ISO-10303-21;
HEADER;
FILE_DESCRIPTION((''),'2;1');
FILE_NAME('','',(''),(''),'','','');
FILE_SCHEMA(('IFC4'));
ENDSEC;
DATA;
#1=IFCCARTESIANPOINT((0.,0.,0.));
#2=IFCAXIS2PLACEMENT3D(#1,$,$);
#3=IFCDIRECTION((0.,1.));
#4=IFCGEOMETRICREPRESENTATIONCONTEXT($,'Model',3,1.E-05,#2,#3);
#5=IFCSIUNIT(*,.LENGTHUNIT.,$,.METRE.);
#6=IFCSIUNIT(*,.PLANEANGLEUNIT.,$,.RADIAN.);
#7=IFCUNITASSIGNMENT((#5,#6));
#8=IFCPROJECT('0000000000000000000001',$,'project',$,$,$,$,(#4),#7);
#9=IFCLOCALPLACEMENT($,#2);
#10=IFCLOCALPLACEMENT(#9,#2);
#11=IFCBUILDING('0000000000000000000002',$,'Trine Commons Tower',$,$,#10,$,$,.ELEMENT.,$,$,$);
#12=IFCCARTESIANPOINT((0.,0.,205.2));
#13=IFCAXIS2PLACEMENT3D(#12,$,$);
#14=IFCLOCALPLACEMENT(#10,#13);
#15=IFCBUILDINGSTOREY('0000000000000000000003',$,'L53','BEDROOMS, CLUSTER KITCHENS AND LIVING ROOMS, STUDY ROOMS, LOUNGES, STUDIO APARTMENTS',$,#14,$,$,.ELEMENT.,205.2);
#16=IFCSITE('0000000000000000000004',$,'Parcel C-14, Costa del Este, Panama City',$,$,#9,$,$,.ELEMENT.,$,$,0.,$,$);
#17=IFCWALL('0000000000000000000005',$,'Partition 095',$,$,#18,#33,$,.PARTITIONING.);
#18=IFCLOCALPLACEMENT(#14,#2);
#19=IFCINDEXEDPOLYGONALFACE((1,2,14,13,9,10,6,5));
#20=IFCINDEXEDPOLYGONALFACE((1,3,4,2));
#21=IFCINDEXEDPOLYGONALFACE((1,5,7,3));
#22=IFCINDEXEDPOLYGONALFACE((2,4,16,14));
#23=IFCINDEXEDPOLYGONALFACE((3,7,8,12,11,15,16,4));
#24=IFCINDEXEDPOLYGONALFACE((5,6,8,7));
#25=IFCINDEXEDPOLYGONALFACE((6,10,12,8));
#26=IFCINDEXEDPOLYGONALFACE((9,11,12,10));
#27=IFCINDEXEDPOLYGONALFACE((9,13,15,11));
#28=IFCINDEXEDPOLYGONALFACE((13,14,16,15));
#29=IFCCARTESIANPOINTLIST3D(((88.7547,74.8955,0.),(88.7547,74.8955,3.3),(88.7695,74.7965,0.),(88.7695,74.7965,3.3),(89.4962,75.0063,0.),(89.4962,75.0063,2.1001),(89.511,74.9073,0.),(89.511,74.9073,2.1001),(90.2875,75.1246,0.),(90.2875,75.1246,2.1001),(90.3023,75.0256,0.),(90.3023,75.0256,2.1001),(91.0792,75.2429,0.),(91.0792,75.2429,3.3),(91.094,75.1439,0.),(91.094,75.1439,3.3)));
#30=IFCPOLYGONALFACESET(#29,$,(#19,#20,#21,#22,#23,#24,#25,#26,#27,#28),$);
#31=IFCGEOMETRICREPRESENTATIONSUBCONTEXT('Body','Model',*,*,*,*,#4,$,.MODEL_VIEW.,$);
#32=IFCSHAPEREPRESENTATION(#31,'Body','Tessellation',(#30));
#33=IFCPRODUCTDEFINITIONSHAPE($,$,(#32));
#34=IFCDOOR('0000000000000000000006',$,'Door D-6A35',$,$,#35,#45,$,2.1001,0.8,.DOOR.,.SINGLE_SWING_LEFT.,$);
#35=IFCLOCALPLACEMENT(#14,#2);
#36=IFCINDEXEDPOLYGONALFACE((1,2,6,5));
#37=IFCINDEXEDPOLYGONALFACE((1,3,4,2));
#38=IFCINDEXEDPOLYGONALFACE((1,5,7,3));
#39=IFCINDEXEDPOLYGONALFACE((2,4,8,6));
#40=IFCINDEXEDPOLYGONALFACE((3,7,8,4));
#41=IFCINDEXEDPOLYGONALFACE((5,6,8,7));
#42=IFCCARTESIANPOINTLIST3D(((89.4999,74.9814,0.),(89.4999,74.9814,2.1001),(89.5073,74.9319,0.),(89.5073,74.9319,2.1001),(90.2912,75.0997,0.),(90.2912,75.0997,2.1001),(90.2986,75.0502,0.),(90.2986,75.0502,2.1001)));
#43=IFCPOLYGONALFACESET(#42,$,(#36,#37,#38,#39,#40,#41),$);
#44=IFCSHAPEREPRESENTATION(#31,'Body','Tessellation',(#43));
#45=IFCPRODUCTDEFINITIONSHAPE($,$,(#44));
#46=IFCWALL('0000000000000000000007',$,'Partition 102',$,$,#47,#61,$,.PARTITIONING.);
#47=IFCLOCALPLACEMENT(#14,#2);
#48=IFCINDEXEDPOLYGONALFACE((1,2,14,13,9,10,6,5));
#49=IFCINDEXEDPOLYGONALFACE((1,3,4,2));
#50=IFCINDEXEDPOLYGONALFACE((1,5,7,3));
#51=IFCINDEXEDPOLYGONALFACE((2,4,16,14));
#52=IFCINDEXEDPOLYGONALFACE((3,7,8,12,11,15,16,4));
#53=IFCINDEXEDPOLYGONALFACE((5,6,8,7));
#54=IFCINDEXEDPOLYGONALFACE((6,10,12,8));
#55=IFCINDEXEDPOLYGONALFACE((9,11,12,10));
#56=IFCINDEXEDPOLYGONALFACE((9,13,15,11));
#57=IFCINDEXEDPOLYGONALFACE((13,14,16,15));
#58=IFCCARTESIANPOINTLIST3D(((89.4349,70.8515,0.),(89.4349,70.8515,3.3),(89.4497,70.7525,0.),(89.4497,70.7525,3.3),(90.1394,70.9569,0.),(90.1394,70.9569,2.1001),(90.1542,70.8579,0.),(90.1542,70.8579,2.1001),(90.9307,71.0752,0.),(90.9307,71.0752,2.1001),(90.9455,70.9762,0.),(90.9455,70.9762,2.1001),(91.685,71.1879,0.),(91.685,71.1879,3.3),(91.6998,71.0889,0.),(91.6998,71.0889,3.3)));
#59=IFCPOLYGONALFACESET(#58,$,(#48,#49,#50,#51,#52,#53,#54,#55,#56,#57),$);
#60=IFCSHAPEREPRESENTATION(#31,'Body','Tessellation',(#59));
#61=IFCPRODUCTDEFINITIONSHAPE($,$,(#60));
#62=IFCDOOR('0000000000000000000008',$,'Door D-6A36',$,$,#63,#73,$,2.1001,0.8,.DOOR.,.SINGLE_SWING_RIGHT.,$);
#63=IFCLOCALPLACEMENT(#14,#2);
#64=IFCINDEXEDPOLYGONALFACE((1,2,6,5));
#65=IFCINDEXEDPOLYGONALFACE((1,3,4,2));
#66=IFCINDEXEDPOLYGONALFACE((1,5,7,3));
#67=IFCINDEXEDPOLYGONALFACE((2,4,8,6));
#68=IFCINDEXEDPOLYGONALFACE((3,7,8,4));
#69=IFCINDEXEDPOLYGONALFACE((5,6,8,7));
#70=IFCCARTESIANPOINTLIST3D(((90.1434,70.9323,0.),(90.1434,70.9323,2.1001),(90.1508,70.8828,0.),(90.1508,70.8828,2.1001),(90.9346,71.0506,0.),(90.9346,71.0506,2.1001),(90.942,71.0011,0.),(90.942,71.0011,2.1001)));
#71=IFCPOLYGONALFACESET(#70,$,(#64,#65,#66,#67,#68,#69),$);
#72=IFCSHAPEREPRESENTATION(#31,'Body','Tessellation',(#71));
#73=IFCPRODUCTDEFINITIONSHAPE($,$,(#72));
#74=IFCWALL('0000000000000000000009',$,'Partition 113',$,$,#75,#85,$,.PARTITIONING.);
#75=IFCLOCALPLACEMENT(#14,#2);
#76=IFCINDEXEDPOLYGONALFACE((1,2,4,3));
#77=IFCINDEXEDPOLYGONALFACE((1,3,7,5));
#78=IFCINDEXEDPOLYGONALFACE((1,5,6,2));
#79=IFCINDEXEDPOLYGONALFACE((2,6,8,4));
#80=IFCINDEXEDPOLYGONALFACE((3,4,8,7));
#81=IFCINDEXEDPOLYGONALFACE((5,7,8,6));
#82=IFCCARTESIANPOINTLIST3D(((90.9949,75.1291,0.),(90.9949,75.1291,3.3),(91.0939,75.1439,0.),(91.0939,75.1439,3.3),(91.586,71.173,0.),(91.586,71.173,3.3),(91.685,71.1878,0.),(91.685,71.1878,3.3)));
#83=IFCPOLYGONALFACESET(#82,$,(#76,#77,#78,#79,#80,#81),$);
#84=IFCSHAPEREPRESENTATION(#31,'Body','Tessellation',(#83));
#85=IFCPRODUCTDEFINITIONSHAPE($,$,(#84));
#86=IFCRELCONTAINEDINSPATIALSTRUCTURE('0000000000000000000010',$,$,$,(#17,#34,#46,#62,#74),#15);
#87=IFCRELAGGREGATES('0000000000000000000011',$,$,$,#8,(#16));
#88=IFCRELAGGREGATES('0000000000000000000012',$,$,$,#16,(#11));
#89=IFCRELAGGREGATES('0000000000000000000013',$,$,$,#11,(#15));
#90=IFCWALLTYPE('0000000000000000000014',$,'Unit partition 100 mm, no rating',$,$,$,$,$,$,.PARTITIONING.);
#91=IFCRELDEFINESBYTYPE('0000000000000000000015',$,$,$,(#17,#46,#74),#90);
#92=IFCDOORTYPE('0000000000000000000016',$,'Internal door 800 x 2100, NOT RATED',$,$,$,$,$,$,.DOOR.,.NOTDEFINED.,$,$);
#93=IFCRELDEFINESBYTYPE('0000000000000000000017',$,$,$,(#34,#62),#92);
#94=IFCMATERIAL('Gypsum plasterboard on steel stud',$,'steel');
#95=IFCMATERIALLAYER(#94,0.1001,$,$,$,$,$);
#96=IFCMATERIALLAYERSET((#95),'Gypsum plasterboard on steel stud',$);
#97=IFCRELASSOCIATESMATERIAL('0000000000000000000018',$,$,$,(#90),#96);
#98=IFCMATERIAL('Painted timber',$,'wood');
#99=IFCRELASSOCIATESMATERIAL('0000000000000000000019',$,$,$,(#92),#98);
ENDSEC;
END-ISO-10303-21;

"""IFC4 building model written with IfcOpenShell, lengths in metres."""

from ifc_helpers import new_model, si_unit, direction, frame, frame_2d, origin, place, context, subcontext, project, spatial, rectangle, extrude, material, layer, layer_set, type_object, element, fill, save


model = new_model("IFC4")

# Units and contexts
model_context = context("Model", 3, precision=1e-05, world=origin(), true_north=direction((0.0, 1.0)))
body_context = subcontext(model_context, "Body", "Model", "MODEL_VIEW")
ifc_project = project(units=[si_unit("LENGTHUNIT", "METRE"), si_unit("PLANEANGLEUNIT", "RADIAN")], contexts=[model_context])

# Site, building, storey
site_placement = place(None, origin())
site = spatial("IfcSite", under=ifc_project, at=site_placement, Name="Parcel C-14, Costa del Este, Panama City", CompositionType="ELEMENT", RefElevation=0.0)
building_placement = place(site_placement, origin())
building = spatial("IfcBuilding", under=site, at=building_placement, Name="Trine Commons Tower", CompositionType="ELEMENT")
storey_placement = place(building_placement, frame((0.0, 0.0, 205.2)))
storey = spatial("IfcBuildingStorey", under=building, at=storey_placement, Name="L53", Description="BEDROOMS, CLUSTER KITCHENS AND LIVING ROOMS, STUDY ROOMS, LOUNGES, STUDIO APARTMENTS", CompositionType="ELEMENT", Elevation=205.2)

# Shared definitions
ifc_material_1 = material(Name="Gypsum plasterboard on steel stud", Category="steel")

# Walls, openings, doors
ifc_material_2 = material(Name="Painted timber", Category="wood")
ifc_layer_1 = layer(ifc_material_1, 0.1001)
ifc_layer_set_1 = layer_set([ifc_layer_1], Name="Gypsum plasterboard on steel stud")
wall_type_1 = type_object("IfcWallType", Name="Unit partition 100 mm, no rating", PredefinedType="PARTITIONING", material=ifc_layer_set_1)
wall_1_placement = place(storey_placement, frame((88.762, 74.8459, 0.0), z_axis=(0.0, 0.0, 1.0), x_axis=(0.989015, 0.147817, 0.0)))
wall_1 = element("IfcWall", 1, at=wall_1_placement, inside=storey, type_object=wall_type_1, Name="Partition 095", PredefinedType="PARTITIONING", context=body_context, shape_type="SweptSolid", body=[
    extrude(rectangle(XDim=2.3503, YDim=0.1001, at=frame_2d((1.1753, 0.0))), origin(), (0.0, 0.0, 1.0), 3.3),
])
opening_1_placement = place(wall_1_placement, frame((0.75, 0.0, 0.0)))
opening_1 = element("IfcOpeningElement", 2, at=opening_1_placement, cuts=wall_1, PredefinedType="OPENING", context=body_context, shape_type="SweptSolid", body=[
    extrude(rectangle(XDim=0.8, YDim=2.1001, at=frame_2d((0.3999, 1.05))), frame((0.0, 0.0601, 0.0), z_axis=(0.0, -1.0, 0.0), x_axis=(1.0, 0.0, 0.0)), (0.0, 0.0, 1.0), 0.1201),
])
door_type_1 = type_object("IfcDoorType", Name="Internal door 800 x 2100, NOT RATED", OperationType="NOTDEFINED", PredefinedType="DOOR", material=ifc_material_2)
door_1_placement = place(opening_1_placement, origin())
door_1 = element("IfcDoor", 3, at=door_1_placement, inside=storey, type_object=door_type_1, Name="Door D-6A35", OperationType="SINGLE_SWING_LEFT", OverallHeight=2.1001, OverallWidth=0.8, PredefinedType="DOOR", context=body_context, shape_type="SweptSolid", body=[
    extrude(rectangle(XDim=0.8, YDim=2.1001, at=frame_2d((0.3999, 1.05))), frame((0.0, 0.0249, 0.0), z_axis=(0.0, -1.0, 0.0), x_axis=(1.0, 0.0, 0.0)), (0.0, 0.0, 1.0), 0.05),
])
fill(opening_1, door_1)
wall_2_placement = place(storey_placement, frame((89.4421, 70.802, 0.0), z_axis=(0.0, 0.0, 1.0), x_axis=(0.989008, 0.147863, 0.0)))
wall_2 = element("IfcWall", 4, at=wall_2_placement, inside=storey, type_object=wall_type_1, Name="Partition 102", PredefinedType="PARTITIONING", context=body_context, shape_type="SweptSolid", body=[
    extrude(rectangle(XDim=2.2751, YDim=0.1001, at=frame_2d((1.1377, 0.0))), origin(), (0.0, 0.0, 1.0), 3.3),
])
opening_2_placement = place(wall_2_placement, frame((0.7126, 0.0, 0.0)))
opening_2 = element("IfcOpeningElement", 5, at=opening_2_placement, cuts=wall_2, PredefinedType="OPENING", context=body_context, shape_type="SweptSolid", body=[
    extrude(rectangle(XDim=0.8, YDim=2.1001, at=frame_2d((0.3999, 1.05))), frame((0.0, 0.0601, 0.0), z_axis=(0.0, -1.0, 0.0), x_axis=(1.0, 0.0, 0.0)), (0.0, 0.0, 1.0), 0.1201),
])
door_2_placement = place(opening_2_placement, frame((0.8, 0.0, 0.0), z_axis=(0.0, 0.0, 1.0), x_axis=(-1.0, 0.0, 0.0)))
door_2 = element("IfcDoor", 6, at=door_2_placement, inside=storey, type_object=door_type_1, Name="Door D-6A36", OperationType="SINGLE_SWING_RIGHT", OverallHeight=2.1001, OverallWidth=0.8, PredefinedType="DOOR", context=body_context, shape_type="SweptSolid", body=[
    extrude(rectangle(XDim=0.8, YDim=2.1001, at=frame_2d((0.3999, 1.05))), frame((0.0, 0.0249, 0.0), z_axis=(0.0, -1.0, 0.0), x_axis=(1.0, 0.0, 0.0)), (0.0, 0.0, 1.0), 0.05),
])
fill(opening_2, door_2)

# Wall
wall_3_placement = place(storey_placement, frame((91.0444, 75.1365, 0.0), z_axis=(0.0, 0.0, 1.0), x_axis=(0.147767, -0.989022, 0.0)))
element("IfcWall", 7, at=wall_3_placement, inside=storey, type_object=wall_type_1, Name="Partition 113", PredefinedType="PARTITIONING", context=body_context, shape_type="SweptSolid", body=[
    extrude(rectangle(XDim=4.0, YDim=0.1001, at=frame_2d((2.0, 0.0))), origin(), (0.0, 0.0, 1.0), 3.3),
])

save(model, "model.ifc")
